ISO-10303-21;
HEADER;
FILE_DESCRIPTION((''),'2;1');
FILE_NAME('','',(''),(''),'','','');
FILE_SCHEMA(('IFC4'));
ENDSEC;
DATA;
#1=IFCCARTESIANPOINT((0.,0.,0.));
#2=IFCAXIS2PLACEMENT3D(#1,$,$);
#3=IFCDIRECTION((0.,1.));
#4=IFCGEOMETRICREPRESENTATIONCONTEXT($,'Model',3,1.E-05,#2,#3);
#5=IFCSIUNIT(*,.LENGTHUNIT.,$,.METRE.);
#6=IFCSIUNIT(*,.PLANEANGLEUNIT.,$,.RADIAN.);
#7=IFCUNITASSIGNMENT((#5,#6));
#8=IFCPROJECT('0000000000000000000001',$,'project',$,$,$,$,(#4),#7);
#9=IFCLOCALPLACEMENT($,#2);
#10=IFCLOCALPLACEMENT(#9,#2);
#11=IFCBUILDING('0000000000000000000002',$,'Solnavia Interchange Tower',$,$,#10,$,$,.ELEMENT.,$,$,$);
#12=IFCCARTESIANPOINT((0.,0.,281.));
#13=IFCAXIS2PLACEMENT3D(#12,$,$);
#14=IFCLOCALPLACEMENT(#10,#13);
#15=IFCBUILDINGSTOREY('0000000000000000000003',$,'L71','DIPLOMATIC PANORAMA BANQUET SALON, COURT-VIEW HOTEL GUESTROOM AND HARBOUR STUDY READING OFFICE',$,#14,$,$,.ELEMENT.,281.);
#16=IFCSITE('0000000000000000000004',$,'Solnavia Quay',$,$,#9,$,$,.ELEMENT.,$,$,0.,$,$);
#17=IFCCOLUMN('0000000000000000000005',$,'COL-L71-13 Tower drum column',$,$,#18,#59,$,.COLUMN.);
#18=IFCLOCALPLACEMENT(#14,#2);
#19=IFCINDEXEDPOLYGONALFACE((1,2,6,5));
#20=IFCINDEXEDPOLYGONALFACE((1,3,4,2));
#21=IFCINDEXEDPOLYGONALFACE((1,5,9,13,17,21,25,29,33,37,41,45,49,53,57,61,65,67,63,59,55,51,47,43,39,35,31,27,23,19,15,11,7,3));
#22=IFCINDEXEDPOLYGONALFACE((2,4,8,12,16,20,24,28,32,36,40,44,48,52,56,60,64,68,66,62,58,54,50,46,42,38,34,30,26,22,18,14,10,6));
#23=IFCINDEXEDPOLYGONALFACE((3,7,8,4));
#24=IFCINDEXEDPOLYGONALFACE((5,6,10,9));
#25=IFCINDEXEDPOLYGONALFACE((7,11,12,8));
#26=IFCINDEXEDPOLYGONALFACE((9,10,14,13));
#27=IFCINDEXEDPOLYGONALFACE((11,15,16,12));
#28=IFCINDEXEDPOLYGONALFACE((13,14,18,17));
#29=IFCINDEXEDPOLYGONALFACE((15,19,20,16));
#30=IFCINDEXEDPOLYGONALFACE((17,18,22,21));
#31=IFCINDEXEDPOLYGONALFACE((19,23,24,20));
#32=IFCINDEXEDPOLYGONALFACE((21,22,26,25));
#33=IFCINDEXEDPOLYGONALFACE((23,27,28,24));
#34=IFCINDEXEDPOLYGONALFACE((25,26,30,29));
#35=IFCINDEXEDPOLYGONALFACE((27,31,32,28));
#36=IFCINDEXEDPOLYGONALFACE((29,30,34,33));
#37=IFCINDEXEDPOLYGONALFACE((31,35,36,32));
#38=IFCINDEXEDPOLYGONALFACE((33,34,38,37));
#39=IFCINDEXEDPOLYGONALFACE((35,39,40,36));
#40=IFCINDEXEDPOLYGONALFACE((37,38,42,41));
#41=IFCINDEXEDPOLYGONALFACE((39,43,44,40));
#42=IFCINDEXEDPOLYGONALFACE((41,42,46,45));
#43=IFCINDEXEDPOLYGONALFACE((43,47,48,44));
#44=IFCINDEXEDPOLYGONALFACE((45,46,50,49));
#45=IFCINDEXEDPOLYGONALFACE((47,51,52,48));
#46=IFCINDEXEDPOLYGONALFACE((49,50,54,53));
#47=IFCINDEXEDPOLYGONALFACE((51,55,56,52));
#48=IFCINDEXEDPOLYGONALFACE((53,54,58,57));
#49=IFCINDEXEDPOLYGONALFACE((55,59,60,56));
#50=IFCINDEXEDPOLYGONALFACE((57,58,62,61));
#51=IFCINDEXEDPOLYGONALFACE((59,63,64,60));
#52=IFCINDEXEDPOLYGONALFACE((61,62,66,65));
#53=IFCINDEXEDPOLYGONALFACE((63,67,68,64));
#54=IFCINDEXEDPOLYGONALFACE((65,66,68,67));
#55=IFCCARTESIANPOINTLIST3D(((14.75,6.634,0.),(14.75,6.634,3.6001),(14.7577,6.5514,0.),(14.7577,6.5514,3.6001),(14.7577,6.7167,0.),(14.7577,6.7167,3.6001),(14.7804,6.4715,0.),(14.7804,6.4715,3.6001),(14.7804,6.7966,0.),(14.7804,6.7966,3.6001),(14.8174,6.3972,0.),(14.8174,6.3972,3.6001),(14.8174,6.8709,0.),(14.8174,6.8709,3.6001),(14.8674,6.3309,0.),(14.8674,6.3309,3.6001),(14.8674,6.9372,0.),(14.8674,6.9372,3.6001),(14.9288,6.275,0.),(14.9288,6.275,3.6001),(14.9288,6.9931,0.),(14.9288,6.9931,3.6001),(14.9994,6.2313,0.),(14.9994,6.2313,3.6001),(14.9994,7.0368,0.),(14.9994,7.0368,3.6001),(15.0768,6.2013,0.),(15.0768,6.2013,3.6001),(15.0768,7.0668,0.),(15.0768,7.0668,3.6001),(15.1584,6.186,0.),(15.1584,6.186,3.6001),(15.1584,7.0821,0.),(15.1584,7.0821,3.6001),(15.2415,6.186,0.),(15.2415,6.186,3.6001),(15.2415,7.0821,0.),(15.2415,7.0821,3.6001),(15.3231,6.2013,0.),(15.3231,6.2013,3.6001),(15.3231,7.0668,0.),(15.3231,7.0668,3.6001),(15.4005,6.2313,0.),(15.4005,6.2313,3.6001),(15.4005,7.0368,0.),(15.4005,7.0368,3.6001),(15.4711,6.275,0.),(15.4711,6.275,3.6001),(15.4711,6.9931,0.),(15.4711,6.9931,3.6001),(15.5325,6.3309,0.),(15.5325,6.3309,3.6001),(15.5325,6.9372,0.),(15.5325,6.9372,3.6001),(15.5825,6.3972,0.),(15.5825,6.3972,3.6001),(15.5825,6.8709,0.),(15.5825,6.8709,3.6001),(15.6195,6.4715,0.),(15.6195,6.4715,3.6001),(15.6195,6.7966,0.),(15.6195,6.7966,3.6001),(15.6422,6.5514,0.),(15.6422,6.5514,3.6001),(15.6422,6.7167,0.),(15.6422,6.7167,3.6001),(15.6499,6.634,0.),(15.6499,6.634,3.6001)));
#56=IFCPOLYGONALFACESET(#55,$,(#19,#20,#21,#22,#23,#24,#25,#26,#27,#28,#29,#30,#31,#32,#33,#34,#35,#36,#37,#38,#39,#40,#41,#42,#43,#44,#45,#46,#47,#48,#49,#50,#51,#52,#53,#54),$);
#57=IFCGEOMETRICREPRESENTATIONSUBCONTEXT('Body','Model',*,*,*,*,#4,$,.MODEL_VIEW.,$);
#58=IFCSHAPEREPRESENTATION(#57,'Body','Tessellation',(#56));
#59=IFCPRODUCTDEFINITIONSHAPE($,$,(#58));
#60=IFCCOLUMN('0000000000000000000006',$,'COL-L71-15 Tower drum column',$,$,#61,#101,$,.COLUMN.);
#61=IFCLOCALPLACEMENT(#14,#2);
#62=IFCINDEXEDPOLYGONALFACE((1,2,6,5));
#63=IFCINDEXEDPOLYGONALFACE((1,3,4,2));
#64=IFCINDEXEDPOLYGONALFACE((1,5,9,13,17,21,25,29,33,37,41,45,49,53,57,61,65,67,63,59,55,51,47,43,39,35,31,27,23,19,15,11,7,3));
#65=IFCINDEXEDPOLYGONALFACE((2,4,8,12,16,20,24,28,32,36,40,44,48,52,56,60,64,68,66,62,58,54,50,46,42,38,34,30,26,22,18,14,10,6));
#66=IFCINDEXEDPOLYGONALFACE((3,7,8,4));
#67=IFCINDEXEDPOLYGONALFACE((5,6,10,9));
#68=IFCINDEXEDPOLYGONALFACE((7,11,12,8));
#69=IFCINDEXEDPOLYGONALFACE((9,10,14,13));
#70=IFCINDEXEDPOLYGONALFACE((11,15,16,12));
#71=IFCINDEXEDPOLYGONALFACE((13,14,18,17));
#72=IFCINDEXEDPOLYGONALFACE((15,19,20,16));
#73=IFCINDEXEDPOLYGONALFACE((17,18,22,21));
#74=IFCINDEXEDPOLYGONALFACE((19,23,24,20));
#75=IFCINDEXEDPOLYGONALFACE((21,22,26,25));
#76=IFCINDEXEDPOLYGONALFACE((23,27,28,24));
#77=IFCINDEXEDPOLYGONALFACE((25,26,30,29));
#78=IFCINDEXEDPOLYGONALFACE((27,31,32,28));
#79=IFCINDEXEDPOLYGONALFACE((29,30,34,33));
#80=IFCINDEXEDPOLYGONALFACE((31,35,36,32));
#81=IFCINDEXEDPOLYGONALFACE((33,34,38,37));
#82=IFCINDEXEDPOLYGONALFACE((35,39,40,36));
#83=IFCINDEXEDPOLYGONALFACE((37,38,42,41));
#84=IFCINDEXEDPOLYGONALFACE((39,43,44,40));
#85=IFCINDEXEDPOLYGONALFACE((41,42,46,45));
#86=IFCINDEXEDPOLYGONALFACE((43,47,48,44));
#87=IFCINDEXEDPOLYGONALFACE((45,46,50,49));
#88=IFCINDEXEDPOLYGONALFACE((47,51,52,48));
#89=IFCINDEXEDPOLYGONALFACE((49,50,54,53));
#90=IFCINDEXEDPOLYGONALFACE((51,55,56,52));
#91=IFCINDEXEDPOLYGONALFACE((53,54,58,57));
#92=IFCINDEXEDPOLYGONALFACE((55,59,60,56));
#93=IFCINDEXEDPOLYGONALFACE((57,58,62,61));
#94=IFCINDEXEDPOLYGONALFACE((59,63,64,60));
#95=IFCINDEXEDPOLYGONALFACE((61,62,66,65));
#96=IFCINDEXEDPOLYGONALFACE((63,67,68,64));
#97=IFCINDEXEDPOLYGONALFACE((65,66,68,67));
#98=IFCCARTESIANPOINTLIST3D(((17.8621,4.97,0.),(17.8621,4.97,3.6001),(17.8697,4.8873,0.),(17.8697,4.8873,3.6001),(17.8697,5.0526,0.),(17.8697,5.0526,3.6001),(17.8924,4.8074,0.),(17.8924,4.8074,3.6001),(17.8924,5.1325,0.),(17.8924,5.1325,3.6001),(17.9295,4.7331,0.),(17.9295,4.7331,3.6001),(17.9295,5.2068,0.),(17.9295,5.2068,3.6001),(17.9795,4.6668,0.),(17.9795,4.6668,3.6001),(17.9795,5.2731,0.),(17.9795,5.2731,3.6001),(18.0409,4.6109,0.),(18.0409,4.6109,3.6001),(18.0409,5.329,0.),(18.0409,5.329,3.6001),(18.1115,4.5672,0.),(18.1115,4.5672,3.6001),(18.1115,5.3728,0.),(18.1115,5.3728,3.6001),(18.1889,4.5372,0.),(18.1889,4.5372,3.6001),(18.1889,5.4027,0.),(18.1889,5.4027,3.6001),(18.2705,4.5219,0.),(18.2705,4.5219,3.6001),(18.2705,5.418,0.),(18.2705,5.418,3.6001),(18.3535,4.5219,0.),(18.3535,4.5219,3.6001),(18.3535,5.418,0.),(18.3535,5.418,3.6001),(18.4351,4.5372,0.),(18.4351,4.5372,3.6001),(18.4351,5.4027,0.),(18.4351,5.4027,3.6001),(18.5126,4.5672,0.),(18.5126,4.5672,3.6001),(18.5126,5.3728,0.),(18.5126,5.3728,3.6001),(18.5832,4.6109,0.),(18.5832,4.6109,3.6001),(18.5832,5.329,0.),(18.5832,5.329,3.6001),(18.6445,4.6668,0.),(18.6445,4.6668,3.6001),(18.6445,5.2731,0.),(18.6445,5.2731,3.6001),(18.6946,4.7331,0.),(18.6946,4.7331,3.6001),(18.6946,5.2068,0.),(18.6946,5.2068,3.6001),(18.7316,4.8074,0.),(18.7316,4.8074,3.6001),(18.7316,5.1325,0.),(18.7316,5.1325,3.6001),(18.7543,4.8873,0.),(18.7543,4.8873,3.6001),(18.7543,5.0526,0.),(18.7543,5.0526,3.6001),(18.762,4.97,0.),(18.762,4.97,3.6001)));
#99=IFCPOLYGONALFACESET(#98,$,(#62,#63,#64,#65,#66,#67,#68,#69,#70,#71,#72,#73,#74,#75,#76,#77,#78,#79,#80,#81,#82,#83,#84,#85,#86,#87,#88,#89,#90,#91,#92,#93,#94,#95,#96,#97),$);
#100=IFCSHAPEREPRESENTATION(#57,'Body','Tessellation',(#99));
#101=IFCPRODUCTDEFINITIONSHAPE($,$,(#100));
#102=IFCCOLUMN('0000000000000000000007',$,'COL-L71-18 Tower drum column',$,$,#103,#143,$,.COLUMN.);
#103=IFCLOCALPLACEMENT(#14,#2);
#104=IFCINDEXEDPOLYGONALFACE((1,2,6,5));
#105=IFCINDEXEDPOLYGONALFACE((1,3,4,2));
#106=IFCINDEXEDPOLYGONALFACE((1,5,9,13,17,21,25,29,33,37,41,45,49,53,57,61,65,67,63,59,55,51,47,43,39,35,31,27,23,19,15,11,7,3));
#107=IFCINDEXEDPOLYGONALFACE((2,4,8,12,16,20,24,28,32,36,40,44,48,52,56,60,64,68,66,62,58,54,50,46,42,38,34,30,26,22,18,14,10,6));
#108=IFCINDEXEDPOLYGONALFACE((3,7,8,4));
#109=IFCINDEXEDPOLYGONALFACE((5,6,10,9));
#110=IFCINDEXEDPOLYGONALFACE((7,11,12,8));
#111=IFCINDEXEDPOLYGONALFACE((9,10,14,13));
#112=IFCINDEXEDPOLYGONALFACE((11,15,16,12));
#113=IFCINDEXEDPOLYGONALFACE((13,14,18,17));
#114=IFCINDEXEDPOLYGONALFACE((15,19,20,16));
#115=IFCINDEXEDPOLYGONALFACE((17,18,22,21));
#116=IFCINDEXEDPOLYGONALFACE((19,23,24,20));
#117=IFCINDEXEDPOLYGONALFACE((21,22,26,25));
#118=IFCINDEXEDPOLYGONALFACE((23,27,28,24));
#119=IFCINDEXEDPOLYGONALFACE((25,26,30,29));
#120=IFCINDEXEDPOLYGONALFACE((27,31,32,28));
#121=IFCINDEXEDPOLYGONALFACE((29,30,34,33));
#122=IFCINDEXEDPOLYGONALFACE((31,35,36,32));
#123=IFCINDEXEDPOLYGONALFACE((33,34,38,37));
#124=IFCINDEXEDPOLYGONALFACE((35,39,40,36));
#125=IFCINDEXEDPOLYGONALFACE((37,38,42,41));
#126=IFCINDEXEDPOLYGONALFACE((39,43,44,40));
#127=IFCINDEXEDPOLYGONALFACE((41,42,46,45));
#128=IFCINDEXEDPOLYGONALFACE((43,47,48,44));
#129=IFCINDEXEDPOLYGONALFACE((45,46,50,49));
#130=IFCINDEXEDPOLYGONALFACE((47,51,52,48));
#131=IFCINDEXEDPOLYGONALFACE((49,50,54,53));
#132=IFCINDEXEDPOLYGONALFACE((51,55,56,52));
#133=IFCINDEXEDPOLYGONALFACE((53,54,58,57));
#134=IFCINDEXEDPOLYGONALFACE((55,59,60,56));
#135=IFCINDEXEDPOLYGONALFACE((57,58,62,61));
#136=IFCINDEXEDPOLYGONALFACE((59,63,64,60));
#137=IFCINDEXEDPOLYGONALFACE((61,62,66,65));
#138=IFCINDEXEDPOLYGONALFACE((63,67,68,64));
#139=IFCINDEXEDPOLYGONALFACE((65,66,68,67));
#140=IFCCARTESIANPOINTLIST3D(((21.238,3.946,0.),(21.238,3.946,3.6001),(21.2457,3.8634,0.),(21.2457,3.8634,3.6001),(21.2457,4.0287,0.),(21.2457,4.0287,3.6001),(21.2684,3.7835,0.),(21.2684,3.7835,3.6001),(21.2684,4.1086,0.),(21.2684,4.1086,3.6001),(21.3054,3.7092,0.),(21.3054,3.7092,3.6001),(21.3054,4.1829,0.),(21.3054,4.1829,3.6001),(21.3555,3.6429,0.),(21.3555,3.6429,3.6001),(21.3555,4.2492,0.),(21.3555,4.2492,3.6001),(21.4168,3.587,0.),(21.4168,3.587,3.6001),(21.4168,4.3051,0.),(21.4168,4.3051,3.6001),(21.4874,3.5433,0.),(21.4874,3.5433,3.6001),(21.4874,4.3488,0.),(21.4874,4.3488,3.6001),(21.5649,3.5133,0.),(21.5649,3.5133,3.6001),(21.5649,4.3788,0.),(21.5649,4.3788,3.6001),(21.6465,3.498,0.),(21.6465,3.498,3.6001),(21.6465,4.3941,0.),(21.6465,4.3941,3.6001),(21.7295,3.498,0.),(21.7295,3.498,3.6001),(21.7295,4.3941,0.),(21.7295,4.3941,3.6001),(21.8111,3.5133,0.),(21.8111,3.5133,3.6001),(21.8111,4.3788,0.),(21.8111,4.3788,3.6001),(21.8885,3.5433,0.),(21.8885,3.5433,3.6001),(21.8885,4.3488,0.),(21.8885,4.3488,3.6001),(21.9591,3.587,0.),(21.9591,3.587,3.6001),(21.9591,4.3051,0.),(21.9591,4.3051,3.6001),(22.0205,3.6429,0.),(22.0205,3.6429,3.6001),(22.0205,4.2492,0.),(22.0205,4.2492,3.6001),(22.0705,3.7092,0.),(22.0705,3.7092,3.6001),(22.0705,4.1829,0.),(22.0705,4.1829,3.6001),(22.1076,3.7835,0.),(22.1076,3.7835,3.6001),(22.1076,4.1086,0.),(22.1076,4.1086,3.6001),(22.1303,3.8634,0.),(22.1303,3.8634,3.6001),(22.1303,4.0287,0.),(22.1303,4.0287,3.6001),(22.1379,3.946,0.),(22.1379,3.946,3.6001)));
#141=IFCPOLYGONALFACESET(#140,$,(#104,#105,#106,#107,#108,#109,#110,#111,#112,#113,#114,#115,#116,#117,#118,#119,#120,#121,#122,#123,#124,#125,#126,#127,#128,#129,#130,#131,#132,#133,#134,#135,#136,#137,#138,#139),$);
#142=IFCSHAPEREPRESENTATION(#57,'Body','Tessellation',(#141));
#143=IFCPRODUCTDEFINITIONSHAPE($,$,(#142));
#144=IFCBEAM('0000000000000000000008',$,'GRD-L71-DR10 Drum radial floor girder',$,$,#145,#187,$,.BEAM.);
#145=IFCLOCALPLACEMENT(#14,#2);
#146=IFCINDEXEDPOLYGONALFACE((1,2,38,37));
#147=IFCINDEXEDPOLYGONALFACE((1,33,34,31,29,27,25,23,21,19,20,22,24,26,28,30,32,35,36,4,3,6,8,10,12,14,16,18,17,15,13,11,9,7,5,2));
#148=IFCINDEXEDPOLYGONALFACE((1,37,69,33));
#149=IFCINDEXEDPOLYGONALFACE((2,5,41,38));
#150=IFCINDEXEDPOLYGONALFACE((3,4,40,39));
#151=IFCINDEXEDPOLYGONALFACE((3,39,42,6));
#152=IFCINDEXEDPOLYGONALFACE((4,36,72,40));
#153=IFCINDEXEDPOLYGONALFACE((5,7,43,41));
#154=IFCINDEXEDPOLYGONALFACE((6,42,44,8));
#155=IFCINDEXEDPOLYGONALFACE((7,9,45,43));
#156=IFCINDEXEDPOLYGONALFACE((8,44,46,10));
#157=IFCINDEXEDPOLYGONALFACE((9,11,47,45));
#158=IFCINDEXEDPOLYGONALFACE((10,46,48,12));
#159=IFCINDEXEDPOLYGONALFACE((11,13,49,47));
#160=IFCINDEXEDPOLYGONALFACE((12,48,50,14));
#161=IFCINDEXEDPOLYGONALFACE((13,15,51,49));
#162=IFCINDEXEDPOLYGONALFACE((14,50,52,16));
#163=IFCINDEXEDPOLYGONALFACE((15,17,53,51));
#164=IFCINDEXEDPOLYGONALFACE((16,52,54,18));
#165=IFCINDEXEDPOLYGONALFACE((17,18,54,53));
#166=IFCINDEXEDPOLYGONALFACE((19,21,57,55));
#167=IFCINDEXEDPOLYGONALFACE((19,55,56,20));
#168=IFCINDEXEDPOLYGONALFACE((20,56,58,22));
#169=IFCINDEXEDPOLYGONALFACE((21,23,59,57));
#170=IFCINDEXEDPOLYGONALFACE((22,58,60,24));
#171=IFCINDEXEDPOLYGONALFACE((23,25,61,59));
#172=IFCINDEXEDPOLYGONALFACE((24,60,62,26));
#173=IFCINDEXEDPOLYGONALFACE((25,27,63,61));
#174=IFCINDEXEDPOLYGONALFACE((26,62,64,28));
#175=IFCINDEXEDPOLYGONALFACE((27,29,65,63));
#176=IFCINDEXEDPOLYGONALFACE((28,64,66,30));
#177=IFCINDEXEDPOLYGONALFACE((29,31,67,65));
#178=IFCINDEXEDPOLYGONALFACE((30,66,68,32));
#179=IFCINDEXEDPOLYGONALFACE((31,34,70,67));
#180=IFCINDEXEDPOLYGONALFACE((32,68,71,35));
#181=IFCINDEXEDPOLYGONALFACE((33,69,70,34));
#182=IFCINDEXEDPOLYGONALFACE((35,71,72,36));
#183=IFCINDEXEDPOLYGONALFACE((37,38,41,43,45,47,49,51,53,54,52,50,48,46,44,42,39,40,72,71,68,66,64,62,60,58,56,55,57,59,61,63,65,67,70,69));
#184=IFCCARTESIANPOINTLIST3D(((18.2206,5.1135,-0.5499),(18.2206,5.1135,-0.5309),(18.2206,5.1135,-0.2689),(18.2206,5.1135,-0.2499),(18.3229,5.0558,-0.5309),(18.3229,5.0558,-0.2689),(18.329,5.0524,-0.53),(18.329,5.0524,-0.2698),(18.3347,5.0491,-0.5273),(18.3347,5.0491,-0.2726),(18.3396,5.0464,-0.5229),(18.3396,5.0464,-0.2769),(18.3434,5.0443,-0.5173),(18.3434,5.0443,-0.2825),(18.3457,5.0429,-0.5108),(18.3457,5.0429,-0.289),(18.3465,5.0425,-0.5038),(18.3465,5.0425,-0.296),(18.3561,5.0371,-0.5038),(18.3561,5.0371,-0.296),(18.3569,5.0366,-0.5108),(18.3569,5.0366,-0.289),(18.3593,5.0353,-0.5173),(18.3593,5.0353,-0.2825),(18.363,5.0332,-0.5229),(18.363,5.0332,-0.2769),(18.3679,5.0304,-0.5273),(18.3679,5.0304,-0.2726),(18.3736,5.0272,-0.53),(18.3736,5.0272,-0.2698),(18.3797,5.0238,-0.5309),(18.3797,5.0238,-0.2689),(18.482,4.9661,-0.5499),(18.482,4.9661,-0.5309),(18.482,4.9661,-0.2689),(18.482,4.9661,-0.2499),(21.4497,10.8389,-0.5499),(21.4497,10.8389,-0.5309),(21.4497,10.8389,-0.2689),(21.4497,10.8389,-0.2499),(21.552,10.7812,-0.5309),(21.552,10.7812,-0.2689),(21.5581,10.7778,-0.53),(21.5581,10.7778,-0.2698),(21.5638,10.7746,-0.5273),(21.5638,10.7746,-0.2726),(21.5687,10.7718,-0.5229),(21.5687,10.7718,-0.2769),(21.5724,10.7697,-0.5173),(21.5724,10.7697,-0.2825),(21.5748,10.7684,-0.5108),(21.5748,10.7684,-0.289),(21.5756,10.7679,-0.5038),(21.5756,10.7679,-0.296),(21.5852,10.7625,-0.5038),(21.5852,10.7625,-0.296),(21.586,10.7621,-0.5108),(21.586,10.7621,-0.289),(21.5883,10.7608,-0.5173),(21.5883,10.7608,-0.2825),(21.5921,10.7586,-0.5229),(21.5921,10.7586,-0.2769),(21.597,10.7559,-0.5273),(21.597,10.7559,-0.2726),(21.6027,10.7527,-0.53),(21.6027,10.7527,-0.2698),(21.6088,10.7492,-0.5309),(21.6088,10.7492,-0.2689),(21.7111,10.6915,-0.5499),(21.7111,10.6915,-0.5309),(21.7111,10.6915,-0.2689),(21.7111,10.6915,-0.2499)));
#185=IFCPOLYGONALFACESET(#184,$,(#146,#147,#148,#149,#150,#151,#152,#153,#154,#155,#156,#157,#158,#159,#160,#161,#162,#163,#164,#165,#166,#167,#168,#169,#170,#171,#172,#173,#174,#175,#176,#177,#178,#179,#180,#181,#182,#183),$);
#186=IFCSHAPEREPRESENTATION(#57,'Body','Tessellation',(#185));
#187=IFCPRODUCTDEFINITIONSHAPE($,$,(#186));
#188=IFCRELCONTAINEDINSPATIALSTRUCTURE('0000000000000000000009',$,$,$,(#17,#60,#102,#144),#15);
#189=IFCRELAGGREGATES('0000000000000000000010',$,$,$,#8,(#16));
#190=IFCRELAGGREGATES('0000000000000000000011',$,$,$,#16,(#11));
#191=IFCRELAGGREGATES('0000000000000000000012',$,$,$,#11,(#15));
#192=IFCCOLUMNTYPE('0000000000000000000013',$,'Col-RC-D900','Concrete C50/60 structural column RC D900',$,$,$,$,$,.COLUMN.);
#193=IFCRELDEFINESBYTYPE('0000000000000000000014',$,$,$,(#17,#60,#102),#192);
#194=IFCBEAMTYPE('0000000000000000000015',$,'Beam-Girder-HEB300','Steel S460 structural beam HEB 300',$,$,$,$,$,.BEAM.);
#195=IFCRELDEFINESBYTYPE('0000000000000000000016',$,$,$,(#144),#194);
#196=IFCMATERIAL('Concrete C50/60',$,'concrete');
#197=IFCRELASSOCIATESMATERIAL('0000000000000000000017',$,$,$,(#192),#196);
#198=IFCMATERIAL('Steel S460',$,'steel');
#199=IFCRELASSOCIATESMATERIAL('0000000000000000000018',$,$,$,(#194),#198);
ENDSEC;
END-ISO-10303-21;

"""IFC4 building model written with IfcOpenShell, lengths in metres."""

from ifc_helpers import new_model, si_unit, direction, frame, origin, origin_2d, place, context, subcontext, project, spatial, circle, i_section, extrude, material, material_profile, profile_set, type_object, element, save


model = new_model("IFC4")

# Units and contexts
model_context = context("Model", 3, precision=1e-05, world=origin(), true_north=direction((0.0, 1.0)))
body_context = subcontext(model_context, "Body", "Model", "MODEL_VIEW")
ifc_project = project(units=[si_unit("LENGTHUNIT", "METRE"), si_unit("PLANEANGLEUNIT", "RADIAN")], contexts=[model_context])

# Site, building, storey
site_placement = place(None, origin())
site = spatial("IfcSite", under=ifc_project, at=site_placement, Name="Solnavia Quay", CompositionType="ELEMENT", RefElevation=0.0)
building_placement = place(site_placement, origin())
building = spatial("IfcBuilding", under=site, at=building_placement, Name="Solnavia Interchange Tower", CompositionType="ELEMENT")
storey_placement = place(building_placement, frame((0.0, 0.0, 281.0)))
storey = spatial("IfcBuildingStorey", under=building, at=storey_placement, Name="L71", Description="DIPLOMATIC PANORAMA BANQUET SALON, COURT-VIEW HOTEL GUESTROOM AND HARBOUR STUDY READING OFFICE", CompositionType="ELEMENT", Elevation=281.0)

# Columns
ifc_material_1 = material(Name="Concrete C50/60", Category="concrete")
ifc_material_profile_1 = material_profile(ifc_material_1, circle(Radius=0.45, at=origin_2d()), Name="RC D900")
ifc_profile_set_1 = profile_set([ifc_material_profile_1], Name="Concrete C50/60")
column_type = type_object("IfcColumnType", Name="Col-RC-D900", Description="Concrete C50/60 structural column RC D900", PredefinedType="COLUMN", material=ifc_profile_set_1)
for number, where, z_axis, x_axis, name in (
    (1, (15.2, 6.634, 0.0), (0.0, 0.0, 1.0), (1.0, 0.0, 0.0), "COL-L71-13 Tower drum column"),
    (2, (18.312, 4.97, 0.0), (0.0, 0.0, 1.0), (1.0, 0.0, 0.0), "COL-L71-15 Tower drum column"),
    (3, (21.688, 3.946, 0.0), (0.0, 0.0, 1.0), (1.0, 0.0, 0.0), "COL-L71-18 Tower drum column"),
):
    element("IfcColumn", number, at=place(storey_placement, frame(where, z_axis=z_axis, x_axis=x_axis)), inside=storey, type_object=column_type, Name=name, PredefinedType="COLUMN", context=body_context, shape_type="SweptSolid", body=[
        extrude(circle(Radius=0.45, at=origin_2d()), origin(), (0.0, 0.0, 1.0), 3.6001),
    ])

# Beam
ifc_material_2 = material(Name="Steel S460", Category="steel")
ifc_material_profile_2 = material_profile(ifc_material_2, i_section(OverallWidth=0.3, OverallDepth=0.3, WebThickness=0.011, FlangeThickness=0.019, FilletRadius=0.0271, at=origin_2d()), Name="HEB 300")
ifc_profile_set_2 = profile_set([ifc_material_profile_2], Name="Steel S460")
beam_type_1 = type_object("IfcBeamType", Name="Beam-Girder-HEB300", Description="Steel S460 structural beam HEB 300", PredefinedType="BEAM", material=ifc_profile_set_2)
beam_1_placement = place(storey_placement, frame((18.3513, 5.0398, -0.3999), z_axis=(0.491243, 0.871022, 0.0), x_axis=(-0.871022, 0.491243, 0.0)))
element("IfcBeam", 4, at=beam_1_placement, inside=storey, type_object=beam_type_1, Name="GRD-L71-DR10 Drum radial floor girder", PredefinedType="BEAM", context=body_context, shape_type="SweptSolid", body=[
    extrude(i_section(OverallWidth=0.3, OverallDepth=0.3, WebThickness=0.011, FlangeThickness=0.019, FilletRadius=0.0271, at=origin_2d()), origin(), (0.0, 0.0, 1.0), 6.5732),
])

save(model, "model.ifc")
